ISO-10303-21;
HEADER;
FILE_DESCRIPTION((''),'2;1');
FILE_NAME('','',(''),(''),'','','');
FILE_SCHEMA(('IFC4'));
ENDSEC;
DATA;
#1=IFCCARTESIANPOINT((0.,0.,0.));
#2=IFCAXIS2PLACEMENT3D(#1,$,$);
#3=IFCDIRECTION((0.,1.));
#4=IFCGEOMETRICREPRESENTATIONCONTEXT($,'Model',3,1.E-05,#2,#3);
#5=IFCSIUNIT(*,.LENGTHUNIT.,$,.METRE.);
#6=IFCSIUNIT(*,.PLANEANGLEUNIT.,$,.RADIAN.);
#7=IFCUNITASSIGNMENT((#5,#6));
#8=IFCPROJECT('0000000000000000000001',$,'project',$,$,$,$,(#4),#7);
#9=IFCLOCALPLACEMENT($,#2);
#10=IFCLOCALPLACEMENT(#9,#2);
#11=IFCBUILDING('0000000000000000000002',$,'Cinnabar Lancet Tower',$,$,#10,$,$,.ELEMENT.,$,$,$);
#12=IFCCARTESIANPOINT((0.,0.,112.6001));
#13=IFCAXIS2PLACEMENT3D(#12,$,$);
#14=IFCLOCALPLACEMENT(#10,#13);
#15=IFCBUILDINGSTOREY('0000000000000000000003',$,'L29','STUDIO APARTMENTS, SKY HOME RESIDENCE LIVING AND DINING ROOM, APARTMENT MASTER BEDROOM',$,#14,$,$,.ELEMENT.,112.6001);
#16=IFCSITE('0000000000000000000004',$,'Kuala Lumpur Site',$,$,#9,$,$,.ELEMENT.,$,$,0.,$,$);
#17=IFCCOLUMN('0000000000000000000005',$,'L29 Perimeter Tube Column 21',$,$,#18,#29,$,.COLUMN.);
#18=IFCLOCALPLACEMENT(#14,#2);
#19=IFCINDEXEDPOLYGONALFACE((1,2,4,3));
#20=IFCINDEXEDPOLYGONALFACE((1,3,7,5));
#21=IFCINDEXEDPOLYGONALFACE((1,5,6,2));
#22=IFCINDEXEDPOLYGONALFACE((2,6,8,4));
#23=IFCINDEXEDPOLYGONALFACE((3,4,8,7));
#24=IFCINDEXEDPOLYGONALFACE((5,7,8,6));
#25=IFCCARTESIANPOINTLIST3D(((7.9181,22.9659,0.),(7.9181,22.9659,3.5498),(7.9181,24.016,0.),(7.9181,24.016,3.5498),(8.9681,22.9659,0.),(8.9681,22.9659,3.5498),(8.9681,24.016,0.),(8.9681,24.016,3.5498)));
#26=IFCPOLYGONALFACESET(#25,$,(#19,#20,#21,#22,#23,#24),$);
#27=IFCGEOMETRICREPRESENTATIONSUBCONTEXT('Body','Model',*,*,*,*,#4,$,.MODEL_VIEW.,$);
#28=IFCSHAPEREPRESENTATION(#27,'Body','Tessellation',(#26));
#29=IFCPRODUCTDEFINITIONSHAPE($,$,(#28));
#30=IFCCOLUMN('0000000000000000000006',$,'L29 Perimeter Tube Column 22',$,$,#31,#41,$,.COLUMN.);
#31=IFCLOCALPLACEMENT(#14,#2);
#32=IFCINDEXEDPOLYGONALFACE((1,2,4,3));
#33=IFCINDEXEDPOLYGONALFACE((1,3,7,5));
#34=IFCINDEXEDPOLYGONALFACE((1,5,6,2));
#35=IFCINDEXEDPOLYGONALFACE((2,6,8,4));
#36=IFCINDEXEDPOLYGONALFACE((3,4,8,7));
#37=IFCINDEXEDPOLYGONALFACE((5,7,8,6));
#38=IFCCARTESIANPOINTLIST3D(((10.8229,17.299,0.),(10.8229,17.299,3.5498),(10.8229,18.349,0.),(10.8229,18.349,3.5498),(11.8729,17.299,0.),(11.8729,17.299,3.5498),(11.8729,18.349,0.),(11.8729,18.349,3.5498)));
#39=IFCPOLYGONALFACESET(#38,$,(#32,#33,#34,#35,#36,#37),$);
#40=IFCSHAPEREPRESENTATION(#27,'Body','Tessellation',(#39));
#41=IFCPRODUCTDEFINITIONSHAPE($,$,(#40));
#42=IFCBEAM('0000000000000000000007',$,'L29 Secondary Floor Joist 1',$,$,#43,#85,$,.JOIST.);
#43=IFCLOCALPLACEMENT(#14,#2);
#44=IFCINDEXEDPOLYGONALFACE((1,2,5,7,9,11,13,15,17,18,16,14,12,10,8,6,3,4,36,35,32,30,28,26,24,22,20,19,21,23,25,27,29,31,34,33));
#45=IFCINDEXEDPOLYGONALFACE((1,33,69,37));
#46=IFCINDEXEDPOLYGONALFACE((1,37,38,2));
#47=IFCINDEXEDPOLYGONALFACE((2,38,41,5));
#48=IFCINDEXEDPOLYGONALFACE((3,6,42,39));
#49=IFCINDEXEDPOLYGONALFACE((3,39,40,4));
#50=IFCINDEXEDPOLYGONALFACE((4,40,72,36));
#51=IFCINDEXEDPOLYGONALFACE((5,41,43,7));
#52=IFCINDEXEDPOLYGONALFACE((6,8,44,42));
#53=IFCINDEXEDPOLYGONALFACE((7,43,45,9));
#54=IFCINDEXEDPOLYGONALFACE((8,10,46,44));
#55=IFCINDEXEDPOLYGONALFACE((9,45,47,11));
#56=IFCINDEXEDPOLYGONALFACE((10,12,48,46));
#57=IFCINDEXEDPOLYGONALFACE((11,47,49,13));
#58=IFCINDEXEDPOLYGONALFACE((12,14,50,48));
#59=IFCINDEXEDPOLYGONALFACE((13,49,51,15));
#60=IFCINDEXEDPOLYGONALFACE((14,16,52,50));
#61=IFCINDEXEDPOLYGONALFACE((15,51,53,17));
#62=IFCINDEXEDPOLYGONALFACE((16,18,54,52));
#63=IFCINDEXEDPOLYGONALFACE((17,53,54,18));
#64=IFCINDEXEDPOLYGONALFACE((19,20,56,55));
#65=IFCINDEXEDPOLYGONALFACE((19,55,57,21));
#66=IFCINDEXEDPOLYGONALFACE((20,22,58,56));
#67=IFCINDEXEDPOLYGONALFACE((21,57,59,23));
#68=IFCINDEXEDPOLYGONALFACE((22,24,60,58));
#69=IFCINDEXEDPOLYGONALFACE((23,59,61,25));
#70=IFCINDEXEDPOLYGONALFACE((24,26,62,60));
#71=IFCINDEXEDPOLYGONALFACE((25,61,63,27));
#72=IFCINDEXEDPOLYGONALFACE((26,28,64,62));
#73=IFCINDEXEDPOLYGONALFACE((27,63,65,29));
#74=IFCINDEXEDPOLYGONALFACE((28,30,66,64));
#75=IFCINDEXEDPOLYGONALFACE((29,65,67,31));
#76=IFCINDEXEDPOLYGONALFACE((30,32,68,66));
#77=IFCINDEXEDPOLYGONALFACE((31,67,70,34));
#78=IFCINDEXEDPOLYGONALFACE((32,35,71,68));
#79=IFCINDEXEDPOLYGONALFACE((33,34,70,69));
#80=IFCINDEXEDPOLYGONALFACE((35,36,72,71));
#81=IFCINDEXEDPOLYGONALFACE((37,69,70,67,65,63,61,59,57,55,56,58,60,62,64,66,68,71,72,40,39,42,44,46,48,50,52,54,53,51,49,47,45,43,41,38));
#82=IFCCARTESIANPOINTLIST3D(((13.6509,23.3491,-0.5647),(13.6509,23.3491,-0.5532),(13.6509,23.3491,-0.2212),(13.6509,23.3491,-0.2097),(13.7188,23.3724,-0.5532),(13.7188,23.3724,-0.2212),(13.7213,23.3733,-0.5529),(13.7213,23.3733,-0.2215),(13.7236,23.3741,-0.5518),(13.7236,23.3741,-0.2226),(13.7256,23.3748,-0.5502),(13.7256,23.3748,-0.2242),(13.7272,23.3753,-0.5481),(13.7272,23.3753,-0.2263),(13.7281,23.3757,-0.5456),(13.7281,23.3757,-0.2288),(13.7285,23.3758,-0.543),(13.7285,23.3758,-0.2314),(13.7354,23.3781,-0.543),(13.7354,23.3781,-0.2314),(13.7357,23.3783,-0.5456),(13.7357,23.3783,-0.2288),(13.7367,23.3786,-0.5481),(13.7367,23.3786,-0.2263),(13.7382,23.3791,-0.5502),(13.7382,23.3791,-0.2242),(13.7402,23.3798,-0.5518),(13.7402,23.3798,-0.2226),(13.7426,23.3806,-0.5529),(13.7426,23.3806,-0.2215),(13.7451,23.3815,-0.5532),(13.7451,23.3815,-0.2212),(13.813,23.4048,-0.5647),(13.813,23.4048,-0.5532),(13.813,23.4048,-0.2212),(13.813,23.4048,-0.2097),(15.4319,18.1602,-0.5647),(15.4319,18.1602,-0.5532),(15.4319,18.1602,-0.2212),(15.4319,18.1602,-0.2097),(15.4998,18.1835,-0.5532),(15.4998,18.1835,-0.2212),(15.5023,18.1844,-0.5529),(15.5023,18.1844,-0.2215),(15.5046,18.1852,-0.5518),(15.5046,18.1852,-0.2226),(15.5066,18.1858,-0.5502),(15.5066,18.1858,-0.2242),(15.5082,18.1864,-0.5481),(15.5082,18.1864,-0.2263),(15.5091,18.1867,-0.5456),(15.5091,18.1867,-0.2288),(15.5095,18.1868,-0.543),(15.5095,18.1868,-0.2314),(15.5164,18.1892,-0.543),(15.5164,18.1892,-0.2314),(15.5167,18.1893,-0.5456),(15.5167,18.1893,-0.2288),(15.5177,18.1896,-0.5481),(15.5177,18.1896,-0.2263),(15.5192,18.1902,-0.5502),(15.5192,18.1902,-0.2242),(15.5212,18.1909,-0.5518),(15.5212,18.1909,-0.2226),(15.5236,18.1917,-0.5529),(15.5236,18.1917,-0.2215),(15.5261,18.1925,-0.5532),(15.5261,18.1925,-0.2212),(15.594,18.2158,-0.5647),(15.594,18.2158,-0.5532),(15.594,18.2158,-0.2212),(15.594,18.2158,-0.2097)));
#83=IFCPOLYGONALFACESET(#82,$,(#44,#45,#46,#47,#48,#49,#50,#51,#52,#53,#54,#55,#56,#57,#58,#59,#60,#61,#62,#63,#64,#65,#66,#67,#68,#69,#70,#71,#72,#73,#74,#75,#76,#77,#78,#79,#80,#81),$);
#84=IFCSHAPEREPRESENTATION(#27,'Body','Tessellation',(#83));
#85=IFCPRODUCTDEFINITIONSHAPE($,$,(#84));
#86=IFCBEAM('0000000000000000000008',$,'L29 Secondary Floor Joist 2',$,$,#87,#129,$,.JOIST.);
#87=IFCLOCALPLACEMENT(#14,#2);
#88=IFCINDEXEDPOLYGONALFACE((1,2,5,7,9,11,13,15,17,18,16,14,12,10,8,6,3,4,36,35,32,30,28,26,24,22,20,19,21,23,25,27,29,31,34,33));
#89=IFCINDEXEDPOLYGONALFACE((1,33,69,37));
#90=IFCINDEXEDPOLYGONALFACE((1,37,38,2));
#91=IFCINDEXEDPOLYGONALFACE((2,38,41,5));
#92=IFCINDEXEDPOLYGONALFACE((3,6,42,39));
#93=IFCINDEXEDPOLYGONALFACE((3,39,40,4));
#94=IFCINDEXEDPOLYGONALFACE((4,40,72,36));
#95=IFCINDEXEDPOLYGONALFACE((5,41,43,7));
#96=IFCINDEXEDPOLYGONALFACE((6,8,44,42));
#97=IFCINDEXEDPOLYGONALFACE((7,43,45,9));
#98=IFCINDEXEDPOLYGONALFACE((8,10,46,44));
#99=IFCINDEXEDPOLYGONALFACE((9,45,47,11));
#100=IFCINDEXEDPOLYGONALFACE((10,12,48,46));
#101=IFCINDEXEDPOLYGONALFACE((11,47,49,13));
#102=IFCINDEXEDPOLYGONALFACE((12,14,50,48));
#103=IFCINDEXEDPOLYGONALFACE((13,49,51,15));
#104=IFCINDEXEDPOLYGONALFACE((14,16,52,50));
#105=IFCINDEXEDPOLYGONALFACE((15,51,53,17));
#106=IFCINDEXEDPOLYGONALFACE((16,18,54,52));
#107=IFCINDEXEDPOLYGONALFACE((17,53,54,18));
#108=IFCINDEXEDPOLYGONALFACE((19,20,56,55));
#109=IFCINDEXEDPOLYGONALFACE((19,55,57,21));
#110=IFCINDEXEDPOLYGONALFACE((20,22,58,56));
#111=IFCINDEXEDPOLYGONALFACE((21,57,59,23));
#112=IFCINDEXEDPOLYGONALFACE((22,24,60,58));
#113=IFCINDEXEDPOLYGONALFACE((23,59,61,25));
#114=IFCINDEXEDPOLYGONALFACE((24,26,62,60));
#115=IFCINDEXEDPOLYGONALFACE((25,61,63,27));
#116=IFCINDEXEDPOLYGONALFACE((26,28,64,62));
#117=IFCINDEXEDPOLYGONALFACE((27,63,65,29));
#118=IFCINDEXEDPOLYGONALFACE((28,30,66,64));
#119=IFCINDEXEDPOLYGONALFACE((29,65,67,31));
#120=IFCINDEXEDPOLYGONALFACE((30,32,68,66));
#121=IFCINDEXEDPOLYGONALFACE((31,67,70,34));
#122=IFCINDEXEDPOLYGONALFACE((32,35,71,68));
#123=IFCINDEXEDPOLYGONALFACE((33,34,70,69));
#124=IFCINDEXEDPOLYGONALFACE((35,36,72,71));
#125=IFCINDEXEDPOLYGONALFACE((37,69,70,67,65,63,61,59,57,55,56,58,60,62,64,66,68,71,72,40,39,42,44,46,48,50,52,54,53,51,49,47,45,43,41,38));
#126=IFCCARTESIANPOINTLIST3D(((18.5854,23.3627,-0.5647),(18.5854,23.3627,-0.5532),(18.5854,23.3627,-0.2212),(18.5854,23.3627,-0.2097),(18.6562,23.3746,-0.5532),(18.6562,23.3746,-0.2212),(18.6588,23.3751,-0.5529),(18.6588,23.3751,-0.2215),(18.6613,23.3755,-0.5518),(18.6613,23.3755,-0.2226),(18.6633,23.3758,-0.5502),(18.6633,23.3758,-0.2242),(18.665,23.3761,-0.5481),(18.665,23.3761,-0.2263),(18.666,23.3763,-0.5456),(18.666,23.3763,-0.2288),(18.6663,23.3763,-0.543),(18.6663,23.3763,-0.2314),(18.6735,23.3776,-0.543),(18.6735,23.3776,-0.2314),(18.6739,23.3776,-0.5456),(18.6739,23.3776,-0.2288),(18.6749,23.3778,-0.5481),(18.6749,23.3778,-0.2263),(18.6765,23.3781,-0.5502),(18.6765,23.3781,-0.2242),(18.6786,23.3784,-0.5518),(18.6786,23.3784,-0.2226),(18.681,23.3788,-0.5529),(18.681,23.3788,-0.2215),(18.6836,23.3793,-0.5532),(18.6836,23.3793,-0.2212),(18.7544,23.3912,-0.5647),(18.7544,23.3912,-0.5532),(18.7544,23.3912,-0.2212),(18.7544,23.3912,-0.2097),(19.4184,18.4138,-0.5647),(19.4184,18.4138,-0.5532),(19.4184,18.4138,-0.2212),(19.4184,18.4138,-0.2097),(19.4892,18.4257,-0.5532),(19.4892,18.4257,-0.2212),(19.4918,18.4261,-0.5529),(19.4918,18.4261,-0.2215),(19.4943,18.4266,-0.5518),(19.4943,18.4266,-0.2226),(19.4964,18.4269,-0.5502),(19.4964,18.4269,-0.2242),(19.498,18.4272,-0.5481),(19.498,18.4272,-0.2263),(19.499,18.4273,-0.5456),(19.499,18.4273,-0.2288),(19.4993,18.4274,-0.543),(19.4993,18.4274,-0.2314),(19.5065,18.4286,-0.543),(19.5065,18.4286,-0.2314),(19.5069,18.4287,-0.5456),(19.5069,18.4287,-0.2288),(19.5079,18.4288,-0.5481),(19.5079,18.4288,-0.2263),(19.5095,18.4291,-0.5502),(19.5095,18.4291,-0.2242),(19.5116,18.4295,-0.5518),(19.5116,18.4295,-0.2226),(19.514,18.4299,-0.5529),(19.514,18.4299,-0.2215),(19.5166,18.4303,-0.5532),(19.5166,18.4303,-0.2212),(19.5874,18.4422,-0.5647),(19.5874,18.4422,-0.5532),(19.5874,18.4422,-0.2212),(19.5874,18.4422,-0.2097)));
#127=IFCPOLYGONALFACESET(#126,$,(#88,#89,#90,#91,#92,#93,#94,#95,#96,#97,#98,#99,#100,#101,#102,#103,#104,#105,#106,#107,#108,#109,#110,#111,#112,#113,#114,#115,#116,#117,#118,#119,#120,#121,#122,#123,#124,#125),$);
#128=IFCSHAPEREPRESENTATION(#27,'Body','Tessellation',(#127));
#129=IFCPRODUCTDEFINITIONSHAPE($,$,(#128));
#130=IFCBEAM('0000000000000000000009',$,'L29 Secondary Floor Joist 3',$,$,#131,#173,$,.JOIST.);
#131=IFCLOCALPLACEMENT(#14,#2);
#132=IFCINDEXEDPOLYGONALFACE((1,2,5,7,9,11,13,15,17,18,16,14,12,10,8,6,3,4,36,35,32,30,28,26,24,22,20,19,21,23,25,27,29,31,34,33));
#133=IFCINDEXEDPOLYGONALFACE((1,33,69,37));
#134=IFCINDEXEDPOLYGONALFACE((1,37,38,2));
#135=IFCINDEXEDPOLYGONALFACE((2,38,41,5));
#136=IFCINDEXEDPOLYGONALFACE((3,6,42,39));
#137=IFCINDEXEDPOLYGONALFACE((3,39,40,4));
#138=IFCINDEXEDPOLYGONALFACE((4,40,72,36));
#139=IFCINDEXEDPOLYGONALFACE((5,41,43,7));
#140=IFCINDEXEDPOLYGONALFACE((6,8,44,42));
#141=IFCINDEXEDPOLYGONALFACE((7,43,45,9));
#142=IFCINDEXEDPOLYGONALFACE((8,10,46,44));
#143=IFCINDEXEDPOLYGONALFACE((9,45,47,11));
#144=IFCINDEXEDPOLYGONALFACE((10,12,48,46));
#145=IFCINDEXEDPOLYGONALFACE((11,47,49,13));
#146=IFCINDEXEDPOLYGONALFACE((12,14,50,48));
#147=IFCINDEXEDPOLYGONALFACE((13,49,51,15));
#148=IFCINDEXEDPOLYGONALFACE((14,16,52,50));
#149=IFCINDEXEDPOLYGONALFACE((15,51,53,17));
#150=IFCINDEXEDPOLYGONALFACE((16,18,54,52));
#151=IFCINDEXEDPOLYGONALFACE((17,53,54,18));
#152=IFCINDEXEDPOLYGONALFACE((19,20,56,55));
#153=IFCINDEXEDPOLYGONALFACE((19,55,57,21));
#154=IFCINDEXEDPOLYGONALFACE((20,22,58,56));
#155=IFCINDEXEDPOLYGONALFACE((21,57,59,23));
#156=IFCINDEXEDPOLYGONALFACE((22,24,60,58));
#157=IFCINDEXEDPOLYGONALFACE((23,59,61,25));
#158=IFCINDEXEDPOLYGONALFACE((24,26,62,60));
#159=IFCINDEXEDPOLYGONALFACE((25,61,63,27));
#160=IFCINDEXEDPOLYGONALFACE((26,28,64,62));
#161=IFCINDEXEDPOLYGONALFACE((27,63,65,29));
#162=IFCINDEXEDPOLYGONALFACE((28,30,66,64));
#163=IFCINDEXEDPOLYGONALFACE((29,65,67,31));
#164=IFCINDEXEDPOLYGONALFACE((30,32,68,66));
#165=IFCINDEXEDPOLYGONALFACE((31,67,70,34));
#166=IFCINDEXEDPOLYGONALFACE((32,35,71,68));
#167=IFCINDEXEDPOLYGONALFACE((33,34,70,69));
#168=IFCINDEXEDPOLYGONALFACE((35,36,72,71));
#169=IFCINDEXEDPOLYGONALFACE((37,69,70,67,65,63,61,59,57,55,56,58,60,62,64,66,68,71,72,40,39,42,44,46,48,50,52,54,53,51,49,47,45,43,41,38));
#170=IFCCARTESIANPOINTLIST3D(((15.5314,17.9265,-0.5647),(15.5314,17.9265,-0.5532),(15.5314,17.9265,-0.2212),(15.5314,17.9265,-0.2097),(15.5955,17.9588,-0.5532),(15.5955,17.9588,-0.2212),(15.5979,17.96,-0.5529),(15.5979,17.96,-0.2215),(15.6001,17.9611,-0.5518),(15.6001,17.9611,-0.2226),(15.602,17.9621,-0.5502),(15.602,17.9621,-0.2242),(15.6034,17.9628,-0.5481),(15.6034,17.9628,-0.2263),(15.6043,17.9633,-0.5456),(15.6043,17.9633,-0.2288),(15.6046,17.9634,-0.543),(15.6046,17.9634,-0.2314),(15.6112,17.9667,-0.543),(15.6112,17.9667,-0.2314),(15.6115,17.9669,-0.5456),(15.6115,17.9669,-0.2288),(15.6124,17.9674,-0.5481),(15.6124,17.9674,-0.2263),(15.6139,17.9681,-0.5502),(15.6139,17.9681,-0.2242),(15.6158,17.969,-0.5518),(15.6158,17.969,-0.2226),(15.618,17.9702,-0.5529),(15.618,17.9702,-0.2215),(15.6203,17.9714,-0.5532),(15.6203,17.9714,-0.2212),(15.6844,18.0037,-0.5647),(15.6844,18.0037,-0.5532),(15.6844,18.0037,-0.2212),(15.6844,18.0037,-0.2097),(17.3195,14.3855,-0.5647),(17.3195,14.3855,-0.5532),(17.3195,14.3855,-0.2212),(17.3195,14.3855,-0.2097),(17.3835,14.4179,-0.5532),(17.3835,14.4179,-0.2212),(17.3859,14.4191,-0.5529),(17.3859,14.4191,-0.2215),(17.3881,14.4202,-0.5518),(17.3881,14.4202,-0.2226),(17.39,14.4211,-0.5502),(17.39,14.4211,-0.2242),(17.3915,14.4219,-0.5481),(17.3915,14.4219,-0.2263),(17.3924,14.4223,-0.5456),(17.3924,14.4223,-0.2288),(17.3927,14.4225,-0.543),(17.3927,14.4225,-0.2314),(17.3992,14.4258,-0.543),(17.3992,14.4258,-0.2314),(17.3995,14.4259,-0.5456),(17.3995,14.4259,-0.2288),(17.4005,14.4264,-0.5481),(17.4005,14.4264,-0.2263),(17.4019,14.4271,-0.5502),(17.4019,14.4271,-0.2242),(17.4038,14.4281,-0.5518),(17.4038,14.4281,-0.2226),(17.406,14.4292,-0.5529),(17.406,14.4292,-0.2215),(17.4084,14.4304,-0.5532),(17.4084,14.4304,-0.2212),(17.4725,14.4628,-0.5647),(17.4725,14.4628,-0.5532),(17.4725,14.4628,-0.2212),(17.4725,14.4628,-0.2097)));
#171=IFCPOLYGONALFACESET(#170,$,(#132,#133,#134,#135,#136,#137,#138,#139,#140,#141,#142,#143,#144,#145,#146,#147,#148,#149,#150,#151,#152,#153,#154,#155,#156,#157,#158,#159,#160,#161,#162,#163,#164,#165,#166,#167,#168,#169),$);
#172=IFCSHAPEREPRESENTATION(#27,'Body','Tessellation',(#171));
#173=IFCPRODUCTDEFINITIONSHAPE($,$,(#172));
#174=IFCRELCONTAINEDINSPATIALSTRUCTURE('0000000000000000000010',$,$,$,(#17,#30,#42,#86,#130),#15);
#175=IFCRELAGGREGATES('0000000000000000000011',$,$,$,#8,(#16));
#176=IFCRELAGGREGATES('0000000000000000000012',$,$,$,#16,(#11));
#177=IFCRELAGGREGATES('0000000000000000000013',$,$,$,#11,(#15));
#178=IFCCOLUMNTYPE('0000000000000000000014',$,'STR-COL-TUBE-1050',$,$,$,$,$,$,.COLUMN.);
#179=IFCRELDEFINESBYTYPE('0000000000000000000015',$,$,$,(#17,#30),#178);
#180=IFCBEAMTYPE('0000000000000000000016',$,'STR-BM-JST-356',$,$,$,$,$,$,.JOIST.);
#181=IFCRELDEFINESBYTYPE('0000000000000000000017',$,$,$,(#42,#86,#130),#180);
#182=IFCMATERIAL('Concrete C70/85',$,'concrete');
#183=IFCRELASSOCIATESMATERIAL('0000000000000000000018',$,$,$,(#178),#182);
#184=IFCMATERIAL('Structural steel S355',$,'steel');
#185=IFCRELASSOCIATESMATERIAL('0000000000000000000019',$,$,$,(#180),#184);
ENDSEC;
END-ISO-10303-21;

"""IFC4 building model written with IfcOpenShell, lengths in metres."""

from ifc_helpers import new_model, si_unit, direction, frame, origin, origin_2d, place, context, subcontext, project, spatial, rectangle, i_section, extrude, material, material_profile, profile_set, type_object, element, save


model = new_model("IFC4")

# Units and contexts
model_context = context("Model", 3, precision=1e-05, world=origin(), true_north=direction((0.0, 1.0)))
body_context = subcontext(model_context, "Body", "Model", "MODEL_VIEW")
ifc_project = project(units=[si_unit("LENGTHUNIT", "METRE"), si_unit("PLANEANGLEUNIT", "RADIAN")], contexts=[model_context])

# Site, building, storey
site_placement = place(None, origin())
site = spatial("IfcSite", under=ifc_project, at=site_placement, Name="Kuala Lumpur Site", CompositionType="ELEMENT", RefElevation=0.0)
building_placement = place(site_placement, origin())
building = spatial("IfcBuilding", under=site, at=building_placement, Name="Cinnabar Lancet Tower", CompositionType="ELEMENT")
storey_placement = place(building_placement, frame((0.0, 0.0, 112.6001)))
storey = spatial("IfcBuildingStorey", under=building, at=storey_placement, Name="L29", Description="STUDIO APARTMENTS, SKY HOME RESIDENCE LIVING AND DINING ROOM, APARTMENT MASTER BEDROOM", CompositionType="ELEMENT", Elevation=112.6001)

# Columns
ifc_material_1 = material(Name="Concrete C70/85", Category="concrete")
ifc_material_profile_1 = material_profile(ifc_material_1, rectangle(XDim=1.05, YDim=1.05, at=origin_2d()), Name="RC-COL 1050x1050")
ifc_profile_set_1 = profile_set([ifc_material_profile_1], Name="Concrete C70/85")
column_type = type_object("IfcColumnType", Name="STR-COL-TUBE-1050", PredefinedType="COLUMN", material=ifc_profile_set_1)
for number, where, z_axis, x_axis, name in (
    (1, (8.4431, 23.491, 0.0), (0.0, 0.0, 1.0), (1.0, 0.0, 0.0), "L29 Perimeter Tube Column 21"),
    (2, (11.3479, 17.824, 0.0), (0.0, 0.0, 1.0), (1.0, 0.0, 0.0), "L29 Perimeter Tube Column 22"),
):
    element("IfcColumn", number, at=place(storey_placement, frame(where, z_axis=z_axis, x_axis=x_axis)), inside=storey, type_object=column_type, Name=name, PredefinedType="COLUMN", context=body_context, shape_type="SweptSolid", body=[
        extrude(rectangle(XDim=1.05, YDim=1.05, at=origin_2d()), origin(), (0.0, 0.0, 1.0), 3.5498),
    ])

# Beams
ifc_material_2 = material(Name="Structural steel S355", Category="steel")
ifc_material_profile_2 = material_profile(ifc_material_2, i_section(OverallWidth=0.1714, OverallDepth=0.355, WebThickness=0.0073, FlangeThickness=0.0115, FilletRadius=0.0103, at=origin_2d()), Name="UKB 356x171x51")
ifc_profile_set_2 = profile_set([ifc_material_profile_2], Name="Structural steel S355")
beam_type_1 = type_object("IfcBeamType", Name="STR-BM-JST-356", PredefinedType="JOIST", material=ifc_profile_set_2)
beam_1_placement = place(storey_placement, frame((13.7319, 23.377, -0.3872), z_axis=(0.324639, -0.945838, 0.0), x_axis=(0.945838, 0.324639, 0.0)))
element("IfcBeam", 3, at=beam_1_placement, inside=storey, type_object=beam_type_1, Name="L29 Secondary Floor Joist 1", PredefinedType="JOIST", context=body_context, shape_type="SweptSolid", body=[
    extrude(i_section(OverallWidth=0.1714, OverallDepth=0.355, WebThickness=0.0073, FlangeThickness=0.0115, FilletRadius=0.0103, at=origin_2d()), origin(), (0.0, 0.0, 1.0), 5.4861),
])
beam_2_placement = place(storey_placement, frame((18.6699, 23.377, -0.3872), z_axis=(0.165984, -0.986128, 0.0), x_axis=(0.986128, 0.165984, 0.0)))
element("IfcBeam", 4, at=beam_2_placement, inside=storey, type_object=beam_type_1, Name="L29 Secondary Floor Joist 2", PredefinedType="JOIST", context=body_context, shape_type="SweptSolid", body=[
    extrude(i_section(OverallWidth=0.1714, OverallDepth=0.355, WebThickness=0.0073, FlangeThickness=0.0115, FilletRadius=0.0103, at=origin_2d()), origin(), (0.0, 0.0, 1.0), 5.0186),
])
beam_3_placement = place(storey_placement, frame((15.6079, 17.9651, -0.3872), z_axis=(0.450755, -0.892648, 0.0), x_axis=(0.892648, 0.450755, 0.0)))
element("IfcBeam", 5, at=beam_3_placement, inside=storey, type_object=beam_type_1, Name="L29 Secondary Floor Joist 3", PredefinedType="JOIST", context=body_context, shape_type="SweptSolid", body=[
    extrude(i_section(OverallWidth=0.1714, OverallDepth=0.355, WebThickness=0.0073, FlangeThickness=0.0115, FilletRadius=0.0103, at=origin_2d()), origin(), (0.0, 0.0, 1.0), 3.9668),
])

save(model, "model.ifc")
